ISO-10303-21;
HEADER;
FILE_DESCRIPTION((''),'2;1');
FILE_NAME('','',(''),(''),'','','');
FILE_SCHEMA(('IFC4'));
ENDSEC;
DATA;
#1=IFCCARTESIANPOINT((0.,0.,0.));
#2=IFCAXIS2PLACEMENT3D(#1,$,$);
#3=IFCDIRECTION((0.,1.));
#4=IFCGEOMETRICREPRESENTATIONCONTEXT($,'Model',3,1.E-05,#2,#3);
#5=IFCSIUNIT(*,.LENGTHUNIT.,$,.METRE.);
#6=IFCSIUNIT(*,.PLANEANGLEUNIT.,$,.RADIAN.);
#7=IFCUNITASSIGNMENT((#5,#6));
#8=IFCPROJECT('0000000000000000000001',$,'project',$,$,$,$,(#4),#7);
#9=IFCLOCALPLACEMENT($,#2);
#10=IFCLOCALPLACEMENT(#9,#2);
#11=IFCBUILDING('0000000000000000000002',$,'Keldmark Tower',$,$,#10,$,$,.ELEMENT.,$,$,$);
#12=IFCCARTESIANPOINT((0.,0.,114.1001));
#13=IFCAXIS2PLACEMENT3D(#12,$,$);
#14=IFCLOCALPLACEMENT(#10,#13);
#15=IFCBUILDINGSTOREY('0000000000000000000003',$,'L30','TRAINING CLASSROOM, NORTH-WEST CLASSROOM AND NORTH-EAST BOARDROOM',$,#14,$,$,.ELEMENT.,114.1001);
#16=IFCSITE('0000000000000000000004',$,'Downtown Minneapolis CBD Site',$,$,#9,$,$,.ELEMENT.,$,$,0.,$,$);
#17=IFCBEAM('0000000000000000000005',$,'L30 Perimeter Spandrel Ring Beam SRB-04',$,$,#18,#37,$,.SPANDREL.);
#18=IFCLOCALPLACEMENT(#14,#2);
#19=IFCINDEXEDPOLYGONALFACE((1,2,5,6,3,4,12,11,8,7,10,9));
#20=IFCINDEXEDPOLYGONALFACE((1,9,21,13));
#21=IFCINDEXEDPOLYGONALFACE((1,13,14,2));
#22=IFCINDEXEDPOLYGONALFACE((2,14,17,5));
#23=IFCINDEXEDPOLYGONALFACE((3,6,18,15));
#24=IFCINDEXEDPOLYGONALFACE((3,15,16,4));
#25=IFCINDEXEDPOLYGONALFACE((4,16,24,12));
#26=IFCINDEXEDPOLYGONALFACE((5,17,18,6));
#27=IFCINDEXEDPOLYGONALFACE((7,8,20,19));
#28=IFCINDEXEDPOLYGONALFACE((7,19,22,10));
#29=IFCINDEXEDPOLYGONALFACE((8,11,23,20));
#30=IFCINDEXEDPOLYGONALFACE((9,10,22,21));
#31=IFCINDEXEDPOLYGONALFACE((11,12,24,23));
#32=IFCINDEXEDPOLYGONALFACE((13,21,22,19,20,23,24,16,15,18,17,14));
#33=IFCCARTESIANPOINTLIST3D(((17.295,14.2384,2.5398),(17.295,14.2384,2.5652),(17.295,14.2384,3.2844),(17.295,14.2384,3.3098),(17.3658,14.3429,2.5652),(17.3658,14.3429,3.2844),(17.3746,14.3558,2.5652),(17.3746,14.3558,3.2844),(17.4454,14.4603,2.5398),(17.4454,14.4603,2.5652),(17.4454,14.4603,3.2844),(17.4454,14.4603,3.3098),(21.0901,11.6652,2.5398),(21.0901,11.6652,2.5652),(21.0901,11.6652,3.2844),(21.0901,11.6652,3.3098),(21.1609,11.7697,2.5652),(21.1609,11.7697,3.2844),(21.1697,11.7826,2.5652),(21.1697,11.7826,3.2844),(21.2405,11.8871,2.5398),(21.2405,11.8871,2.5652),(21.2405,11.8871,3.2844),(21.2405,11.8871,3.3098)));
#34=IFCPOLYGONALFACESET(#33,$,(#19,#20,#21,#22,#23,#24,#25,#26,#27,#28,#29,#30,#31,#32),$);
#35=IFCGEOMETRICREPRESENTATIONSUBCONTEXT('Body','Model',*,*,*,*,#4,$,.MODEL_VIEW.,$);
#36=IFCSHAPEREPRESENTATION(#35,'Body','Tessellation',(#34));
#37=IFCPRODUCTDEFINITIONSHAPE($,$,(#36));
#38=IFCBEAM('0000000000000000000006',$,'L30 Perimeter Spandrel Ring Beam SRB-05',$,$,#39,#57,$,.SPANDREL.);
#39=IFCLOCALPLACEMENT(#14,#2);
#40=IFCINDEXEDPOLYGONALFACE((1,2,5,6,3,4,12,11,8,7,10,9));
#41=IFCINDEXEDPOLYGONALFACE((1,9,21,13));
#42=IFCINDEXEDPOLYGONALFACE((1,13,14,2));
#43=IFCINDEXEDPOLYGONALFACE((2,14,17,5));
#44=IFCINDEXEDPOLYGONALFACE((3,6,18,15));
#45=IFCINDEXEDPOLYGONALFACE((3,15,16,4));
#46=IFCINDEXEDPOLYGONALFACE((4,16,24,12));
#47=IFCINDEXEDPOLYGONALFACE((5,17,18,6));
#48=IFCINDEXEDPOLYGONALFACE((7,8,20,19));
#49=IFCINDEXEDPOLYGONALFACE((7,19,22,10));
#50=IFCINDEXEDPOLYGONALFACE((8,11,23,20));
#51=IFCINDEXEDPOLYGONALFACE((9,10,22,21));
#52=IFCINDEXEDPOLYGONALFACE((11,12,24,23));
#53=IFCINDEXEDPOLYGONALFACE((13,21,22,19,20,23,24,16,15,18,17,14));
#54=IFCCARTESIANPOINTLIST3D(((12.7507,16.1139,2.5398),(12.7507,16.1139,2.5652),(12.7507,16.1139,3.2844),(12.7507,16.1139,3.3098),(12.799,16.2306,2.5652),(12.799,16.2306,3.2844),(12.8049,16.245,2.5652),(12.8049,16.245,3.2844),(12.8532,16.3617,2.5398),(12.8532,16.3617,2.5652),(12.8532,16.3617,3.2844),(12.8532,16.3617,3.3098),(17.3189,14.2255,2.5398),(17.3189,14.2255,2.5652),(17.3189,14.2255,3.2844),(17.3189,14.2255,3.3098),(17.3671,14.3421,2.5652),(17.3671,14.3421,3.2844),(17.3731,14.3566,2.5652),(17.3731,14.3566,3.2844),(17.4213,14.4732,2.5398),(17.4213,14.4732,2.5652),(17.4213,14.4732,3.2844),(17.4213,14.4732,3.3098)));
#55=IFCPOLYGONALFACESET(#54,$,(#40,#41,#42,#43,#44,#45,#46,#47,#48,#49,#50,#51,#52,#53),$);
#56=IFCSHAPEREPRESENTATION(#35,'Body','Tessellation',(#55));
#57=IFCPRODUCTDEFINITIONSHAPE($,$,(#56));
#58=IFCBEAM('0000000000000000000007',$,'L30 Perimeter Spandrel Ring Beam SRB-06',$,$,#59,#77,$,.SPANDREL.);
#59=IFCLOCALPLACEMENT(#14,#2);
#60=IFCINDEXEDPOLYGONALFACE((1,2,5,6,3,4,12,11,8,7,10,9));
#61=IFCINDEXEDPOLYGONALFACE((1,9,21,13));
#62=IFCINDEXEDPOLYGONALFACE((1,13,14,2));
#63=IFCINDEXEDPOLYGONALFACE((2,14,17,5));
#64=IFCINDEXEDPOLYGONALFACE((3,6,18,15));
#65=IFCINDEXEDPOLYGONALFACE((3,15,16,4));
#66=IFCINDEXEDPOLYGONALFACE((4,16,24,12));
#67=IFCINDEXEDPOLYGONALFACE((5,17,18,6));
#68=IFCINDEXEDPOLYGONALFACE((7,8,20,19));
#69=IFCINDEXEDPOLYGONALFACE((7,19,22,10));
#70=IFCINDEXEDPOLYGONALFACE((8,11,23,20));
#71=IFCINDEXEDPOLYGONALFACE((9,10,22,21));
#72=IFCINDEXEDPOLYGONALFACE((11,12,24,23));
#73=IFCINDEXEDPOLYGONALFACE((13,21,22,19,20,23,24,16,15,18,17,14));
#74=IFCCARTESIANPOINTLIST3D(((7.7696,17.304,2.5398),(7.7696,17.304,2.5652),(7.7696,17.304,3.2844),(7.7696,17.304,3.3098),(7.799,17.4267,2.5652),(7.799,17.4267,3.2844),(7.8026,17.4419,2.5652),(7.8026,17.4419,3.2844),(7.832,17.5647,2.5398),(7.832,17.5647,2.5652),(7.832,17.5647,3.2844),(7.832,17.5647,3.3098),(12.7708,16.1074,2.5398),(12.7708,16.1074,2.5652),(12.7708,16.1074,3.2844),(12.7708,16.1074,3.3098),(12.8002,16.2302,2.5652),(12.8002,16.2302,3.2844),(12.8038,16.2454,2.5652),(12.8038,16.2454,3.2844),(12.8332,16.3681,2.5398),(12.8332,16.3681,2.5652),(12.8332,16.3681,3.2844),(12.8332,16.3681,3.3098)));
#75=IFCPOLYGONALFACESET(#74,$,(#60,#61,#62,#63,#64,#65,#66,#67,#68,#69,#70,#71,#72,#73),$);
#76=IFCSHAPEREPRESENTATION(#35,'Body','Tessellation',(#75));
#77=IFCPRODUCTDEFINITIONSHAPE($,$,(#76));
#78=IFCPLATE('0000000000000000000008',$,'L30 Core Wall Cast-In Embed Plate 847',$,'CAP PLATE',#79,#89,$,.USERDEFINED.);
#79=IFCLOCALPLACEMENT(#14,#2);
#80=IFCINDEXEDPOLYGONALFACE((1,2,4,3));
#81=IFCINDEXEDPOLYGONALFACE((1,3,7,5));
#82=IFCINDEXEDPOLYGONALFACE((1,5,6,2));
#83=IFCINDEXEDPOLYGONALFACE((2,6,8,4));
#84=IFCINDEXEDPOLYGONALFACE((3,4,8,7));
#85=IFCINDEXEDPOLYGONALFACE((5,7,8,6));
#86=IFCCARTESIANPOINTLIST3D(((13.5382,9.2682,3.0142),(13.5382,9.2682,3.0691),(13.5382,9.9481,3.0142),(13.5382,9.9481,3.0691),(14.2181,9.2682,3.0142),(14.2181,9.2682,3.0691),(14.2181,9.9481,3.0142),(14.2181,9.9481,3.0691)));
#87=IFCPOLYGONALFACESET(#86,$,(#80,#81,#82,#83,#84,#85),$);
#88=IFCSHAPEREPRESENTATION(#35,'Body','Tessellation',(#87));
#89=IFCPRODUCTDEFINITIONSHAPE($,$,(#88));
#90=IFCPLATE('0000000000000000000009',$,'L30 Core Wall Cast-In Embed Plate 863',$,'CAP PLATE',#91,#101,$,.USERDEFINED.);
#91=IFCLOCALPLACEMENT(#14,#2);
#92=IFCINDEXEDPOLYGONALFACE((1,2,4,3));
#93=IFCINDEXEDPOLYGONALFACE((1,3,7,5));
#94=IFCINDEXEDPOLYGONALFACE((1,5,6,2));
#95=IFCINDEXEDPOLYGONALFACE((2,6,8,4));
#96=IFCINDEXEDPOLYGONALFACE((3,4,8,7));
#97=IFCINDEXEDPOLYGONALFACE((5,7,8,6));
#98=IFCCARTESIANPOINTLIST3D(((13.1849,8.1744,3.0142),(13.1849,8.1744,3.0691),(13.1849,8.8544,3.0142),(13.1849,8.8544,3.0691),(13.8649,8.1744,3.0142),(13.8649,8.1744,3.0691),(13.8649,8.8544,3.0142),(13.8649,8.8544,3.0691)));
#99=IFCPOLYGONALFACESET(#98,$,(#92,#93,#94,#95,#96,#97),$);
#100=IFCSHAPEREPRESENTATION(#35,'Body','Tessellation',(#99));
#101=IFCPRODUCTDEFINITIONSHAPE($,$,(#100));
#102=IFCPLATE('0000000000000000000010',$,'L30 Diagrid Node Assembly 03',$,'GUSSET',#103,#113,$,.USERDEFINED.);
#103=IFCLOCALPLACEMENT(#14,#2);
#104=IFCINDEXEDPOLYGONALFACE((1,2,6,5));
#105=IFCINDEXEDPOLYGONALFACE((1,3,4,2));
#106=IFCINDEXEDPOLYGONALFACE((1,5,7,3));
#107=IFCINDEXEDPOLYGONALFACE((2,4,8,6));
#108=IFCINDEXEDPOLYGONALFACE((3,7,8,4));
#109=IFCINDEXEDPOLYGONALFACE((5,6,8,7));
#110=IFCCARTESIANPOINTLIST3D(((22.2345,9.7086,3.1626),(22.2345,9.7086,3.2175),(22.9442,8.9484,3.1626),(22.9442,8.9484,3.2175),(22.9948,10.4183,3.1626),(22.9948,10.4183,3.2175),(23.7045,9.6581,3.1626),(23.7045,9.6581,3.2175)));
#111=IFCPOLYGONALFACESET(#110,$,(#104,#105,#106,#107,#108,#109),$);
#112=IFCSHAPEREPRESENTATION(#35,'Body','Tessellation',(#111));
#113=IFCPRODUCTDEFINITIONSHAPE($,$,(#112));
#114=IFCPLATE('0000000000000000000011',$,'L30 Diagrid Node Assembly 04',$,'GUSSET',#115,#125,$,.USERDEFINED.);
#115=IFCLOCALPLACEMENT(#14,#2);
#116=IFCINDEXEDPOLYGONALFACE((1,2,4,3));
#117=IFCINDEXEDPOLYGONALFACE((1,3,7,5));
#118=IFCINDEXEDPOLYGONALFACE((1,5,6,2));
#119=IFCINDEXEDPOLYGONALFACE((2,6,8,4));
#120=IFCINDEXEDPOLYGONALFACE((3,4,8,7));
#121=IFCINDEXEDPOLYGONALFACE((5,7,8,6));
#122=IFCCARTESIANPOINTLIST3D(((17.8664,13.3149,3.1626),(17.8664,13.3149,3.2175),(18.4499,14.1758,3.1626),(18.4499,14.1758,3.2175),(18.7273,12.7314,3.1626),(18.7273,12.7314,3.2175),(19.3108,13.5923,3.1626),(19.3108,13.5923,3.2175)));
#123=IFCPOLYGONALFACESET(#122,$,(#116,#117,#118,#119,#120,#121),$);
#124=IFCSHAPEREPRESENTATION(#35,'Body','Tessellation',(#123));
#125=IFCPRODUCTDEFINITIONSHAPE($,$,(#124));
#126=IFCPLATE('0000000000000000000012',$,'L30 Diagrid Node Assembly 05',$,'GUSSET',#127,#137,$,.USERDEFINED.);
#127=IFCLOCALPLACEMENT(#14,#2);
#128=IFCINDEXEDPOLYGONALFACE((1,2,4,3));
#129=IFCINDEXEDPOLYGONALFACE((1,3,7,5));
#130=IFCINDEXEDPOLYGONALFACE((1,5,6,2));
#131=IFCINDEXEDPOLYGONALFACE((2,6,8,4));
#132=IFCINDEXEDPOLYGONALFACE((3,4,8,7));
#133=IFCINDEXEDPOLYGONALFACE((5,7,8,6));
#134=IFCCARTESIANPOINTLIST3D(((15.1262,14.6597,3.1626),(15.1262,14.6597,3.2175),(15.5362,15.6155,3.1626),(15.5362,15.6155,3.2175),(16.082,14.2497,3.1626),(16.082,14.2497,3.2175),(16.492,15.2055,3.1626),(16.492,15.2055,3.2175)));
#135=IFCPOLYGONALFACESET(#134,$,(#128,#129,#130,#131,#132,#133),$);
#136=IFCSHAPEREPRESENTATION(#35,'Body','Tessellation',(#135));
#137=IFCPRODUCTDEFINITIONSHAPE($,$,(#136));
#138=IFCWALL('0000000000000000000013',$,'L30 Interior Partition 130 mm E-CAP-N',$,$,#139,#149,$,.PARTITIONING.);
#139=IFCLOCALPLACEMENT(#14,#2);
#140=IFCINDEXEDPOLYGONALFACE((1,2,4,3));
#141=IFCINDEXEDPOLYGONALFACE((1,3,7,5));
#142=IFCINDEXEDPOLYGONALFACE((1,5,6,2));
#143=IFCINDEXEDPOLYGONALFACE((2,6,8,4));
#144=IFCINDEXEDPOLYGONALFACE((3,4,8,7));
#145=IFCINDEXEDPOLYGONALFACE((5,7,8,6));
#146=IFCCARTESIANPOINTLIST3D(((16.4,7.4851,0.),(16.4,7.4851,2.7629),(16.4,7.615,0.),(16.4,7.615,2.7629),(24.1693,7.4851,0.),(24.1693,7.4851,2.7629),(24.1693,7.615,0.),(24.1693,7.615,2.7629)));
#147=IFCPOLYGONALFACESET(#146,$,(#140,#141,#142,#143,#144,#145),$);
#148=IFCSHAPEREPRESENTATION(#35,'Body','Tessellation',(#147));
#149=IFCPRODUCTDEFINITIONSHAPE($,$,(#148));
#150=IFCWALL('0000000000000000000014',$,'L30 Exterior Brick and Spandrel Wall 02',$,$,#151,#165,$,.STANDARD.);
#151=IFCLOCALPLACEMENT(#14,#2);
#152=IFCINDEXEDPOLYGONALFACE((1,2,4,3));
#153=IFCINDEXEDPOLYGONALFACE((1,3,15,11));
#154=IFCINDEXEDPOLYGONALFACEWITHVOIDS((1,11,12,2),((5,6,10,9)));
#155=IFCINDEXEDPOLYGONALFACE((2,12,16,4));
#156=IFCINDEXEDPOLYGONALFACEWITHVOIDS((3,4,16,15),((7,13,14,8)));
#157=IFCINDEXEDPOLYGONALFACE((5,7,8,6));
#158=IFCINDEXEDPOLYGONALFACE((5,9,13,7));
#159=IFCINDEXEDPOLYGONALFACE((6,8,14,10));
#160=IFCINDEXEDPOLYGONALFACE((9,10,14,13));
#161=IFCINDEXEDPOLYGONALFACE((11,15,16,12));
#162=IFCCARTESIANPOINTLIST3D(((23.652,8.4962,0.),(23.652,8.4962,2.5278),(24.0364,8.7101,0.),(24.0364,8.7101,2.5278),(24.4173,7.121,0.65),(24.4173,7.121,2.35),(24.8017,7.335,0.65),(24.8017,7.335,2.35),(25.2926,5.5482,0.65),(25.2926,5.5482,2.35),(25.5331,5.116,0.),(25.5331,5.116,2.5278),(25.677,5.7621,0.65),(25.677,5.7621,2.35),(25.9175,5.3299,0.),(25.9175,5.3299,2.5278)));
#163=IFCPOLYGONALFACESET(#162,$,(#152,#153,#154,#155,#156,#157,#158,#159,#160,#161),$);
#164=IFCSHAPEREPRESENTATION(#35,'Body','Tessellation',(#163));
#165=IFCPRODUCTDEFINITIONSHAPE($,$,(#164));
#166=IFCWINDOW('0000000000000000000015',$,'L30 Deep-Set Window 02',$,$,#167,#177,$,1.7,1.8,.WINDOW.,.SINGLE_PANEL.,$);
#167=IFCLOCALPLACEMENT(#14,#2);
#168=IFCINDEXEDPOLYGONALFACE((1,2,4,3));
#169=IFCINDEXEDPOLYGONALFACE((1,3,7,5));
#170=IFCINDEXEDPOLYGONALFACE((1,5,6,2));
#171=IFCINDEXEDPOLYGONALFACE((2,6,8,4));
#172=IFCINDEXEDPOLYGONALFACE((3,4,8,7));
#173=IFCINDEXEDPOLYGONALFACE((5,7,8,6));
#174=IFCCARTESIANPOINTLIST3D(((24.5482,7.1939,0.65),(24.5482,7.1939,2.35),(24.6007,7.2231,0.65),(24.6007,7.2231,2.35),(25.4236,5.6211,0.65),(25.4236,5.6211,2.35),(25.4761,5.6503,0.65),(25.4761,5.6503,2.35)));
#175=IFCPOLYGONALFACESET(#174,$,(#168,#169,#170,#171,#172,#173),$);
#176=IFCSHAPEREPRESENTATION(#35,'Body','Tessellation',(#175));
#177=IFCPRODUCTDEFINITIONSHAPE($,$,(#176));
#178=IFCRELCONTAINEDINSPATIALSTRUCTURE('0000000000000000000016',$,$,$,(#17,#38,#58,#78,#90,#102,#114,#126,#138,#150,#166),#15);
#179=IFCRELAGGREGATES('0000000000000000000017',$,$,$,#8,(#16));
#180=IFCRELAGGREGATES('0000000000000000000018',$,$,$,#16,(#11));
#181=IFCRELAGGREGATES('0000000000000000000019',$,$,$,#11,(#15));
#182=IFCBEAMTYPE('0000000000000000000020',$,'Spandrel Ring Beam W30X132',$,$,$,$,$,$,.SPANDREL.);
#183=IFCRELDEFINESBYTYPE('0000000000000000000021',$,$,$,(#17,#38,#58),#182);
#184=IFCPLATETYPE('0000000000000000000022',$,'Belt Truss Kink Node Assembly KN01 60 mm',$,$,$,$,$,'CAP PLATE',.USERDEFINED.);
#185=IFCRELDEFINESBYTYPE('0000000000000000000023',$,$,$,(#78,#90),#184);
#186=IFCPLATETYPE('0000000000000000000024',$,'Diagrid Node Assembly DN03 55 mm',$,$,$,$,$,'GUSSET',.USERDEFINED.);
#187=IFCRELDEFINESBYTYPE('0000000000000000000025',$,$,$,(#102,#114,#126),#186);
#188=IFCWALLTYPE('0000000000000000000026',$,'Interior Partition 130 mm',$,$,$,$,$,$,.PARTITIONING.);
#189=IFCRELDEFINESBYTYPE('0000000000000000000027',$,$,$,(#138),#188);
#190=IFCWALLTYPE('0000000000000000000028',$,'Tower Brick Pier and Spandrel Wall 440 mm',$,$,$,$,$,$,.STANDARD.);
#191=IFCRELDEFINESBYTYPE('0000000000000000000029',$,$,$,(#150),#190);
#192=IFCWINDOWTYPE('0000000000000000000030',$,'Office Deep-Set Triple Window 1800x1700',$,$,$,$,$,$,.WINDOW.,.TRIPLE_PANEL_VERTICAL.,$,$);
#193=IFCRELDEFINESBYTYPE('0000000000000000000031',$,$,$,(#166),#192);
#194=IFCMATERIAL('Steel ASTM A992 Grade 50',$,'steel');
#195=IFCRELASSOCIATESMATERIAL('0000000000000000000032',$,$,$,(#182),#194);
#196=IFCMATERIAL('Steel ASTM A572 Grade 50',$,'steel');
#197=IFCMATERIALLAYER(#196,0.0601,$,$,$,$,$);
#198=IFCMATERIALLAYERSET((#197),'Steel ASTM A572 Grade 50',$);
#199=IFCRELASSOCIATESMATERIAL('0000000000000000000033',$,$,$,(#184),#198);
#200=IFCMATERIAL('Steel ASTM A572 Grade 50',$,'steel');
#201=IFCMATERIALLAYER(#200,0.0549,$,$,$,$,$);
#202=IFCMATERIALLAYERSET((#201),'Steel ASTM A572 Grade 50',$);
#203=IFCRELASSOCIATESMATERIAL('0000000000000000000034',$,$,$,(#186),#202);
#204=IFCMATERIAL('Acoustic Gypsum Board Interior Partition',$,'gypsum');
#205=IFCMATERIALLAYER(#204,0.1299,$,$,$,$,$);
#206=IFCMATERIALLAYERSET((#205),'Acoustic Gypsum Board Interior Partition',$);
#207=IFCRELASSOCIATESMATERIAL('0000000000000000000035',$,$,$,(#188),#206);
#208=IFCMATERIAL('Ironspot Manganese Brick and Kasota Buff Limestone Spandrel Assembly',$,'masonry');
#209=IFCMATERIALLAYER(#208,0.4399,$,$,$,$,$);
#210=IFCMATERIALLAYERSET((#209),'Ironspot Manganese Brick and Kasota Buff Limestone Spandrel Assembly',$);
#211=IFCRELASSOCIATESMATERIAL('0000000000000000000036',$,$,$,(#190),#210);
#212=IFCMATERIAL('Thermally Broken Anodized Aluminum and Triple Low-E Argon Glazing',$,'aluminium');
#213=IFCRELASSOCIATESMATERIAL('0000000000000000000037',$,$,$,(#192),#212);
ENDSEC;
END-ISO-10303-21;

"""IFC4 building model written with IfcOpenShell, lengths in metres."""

from ifc_helpers import new_model, si_unit, direction, frame, frame_2d, origin, origin_2d, place, context, subcontext, project, spatial, rectangle, i_section, extrude, material, layer, layer_set, material_profile, profile_set, type_object, element, fill, save


model = new_model("IFC4")

# Units and contexts
model_context = context("Model", 3, precision=1e-05, world=origin(), true_north=direction((0.0, 1.0)))
body_context = subcontext(model_context, "Body", "Model", "MODEL_VIEW")
ifc_project = project(units=[si_unit("LENGTHUNIT", "METRE"), si_unit("PLANEANGLEUNIT", "RADIAN")], contexts=[model_context])

# Site, building, storey
site_placement = place(None, origin())
site = spatial("IfcSite", under=ifc_project, at=site_placement, Name="Downtown Minneapolis CBD Site", CompositionType="ELEMENT", RefElevation=0.0)
building_placement = place(site_placement, origin())
building = spatial("IfcBuilding", under=site, at=building_placement, Name="Keldmark Tower", CompositionType="ELEMENT")
storey_placement = place(building_placement, frame((0.0, 0.0, 114.1001)))
storey = spatial("IfcBuildingStorey", under=building, at=storey_placement, Name="L30", Description="TRAINING CLASSROOM, NORTH-WEST CLASSROOM AND NORTH-EAST BOARDROOM", CompositionType="ELEMENT", Elevation=114.1001)

# Beams
ifc_material_1 = material(Name="Steel ASTM A992 Grade 50", Category="steel")
ifc_material_profile_1 = material_profile(ifc_material_1, i_section(OverallWidth=0.2681, OverallDepth=0.77, WebThickness=0.0156, FlangeThickness=0.0254, at=origin_2d()), Name="W30X132")
ifc_profile_set_1 = profile_set([ifc_material_profile_1], Name="Steel ASTM A992 Grade 50")
beam_type_1 = type_object("IfcBeamType", Name="Spandrel Ring Beam W30X132", PredefinedType="SPANDREL", material=ifc_profile_set_1)
beam_1_placement = place(storey_placement, frame((21.1653, 11.7761, 2.9248), z_axis=(-0.827683, 0.561195, 0.0), x_axis=(-0.561195, -0.827683, 0.0)))
element("IfcBeam", 1, at=beam_1_placement, inside=storey, type_object=beam_type_1, Name="L30 Perimeter Spandrel Ring Beam SRB-04", PredefinedType="SPANDREL", context=body_context, shape_type="SweptSolid", body=[
    extrude(i_section(OverallWidth=0.2681, OverallDepth=0.77, WebThickness=0.0156, FlangeThickness=0.0254, at=origin_2d()), origin(), (0.0, 0.0, 1.0), 4.5852),
])
beam_2_placement = place(storey_placement, frame((17.3701, 14.3494, 2.9248), z_axis=(-0.924147, 0.382036, 0.0), x_axis=(-0.382036, -0.924147, 0.0)))
element("IfcBeam", 2, at=beam_2_placement, inside=storey, type_object=beam_type_1, Name="L30 Perimeter Spandrel Ring Beam SRB-05", PredefinedType="SPANDREL", context=body_context, shape_type="SweptSolid", body=[
    extrude(i_section(OverallWidth=0.2681, OverallDepth=0.77, WebThickness=0.0156, FlangeThickness=0.0254, at=origin_2d()), origin(), (0.0, 0.0, 1.0), 4.9431),
])
beam_3_placement = place(storey_placement, frame((12.802, 16.2378, 2.9248), z_axis=(-0.972553, 0.232682, 0.0), x_axis=(-0.232682, -0.972553, 0.0)))
element("IfcBeam", 3, at=beam_3_placement, inside=storey, type_object=beam_type_1, Name="L30 Perimeter Spandrel Ring Beam SRB-06", PredefinedType="SPANDREL", context=body_context, shape_type="SweptSolid", body=[
    extrude(i_section(OverallWidth=0.2681, OverallDepth=0.77, WebThickness=0.0156, FlangeThickness=0.0254, at=origin_2d()), origin(), (0.0, 0.0, 1.0), 5.1423),
])

# Plates
ifc_material_2 = material(Name="Steel ASTM A572 Grade 50", Category="steel")
ifc_layer_1 = layer(ifc_material_2, 0.0601)
ifc_layer_set_1 = layer_set([ifc_layer_1], Name="Steel ASTM A572 Grade 50")
plate_type_1 = type_object("IfcPlateType", Name="Belt Truss Kink Node Assembly KN01 60 mm", ElementType="CAP PLATE", PredefinedType="USERDEFINED", material=ifc_layer_set_1)
for number, where, z_axis, x_axis, name in (
    (4, (13.8782, 9.6082, 3.0142), (0.0, 0.0, 1.0), (1.0, 0.0, 0.0), "L30 Core Wall Cast-In Embed Plate 847"),
    (5, (13.5249, 8.5144, 3.0142), (0.0, 0.0, 1.0), (1.0, 0.0, 0.0), "L30 Core Wall Cast-In Embed Plate 863"),
):
    element("IfcPlate", number, at=place(storey_placement, frame(where, z_axis=z_axis, x_axis=x_axis)), inside=storey, type_object=plate_type_1, Name=name, ObjectType="CAP PLATE", PredefinedType="USERDEFINED", context=body_context, shape_type="SweptSolid", body=[
        extrude(rectangle(XDim=0.6799, YDim=0.6799, at=origin_2d()), origin(), (0.0, 0.0, 1.0), 0.0549),
    ])
ifc_material_3 = material(Name="Steel ASTM A572 Grade 50", Category="steel")
ifc_layer_2 = layer(ifc_material_3, 0.0549)
ifc_layer_set_2 = layer_set([ifc_layer_2], Name="Steel ASTM A572 Grade 50")
plate_type_2 = type_object("IfcPlateType", Name="Diagrid Node Assembly DN03 55 mm", ElementType="GUSSET", PredefinedType="USERDEFINED", material=ifc_layer_set_2)
for number, where, z_axis, x_axis, name in (
    (6, (22.9695, 9.6833, 3.1626), (0.0, 0.0, 1.0), (-0.682381, 0.730997, 0.0), "L30 Diagrid Node Assembly 03"),
    (7, (18.5886, 13.4536, 3.1626), (0.0, 0.0, 1.0), (-0.827767, 0.561072, 0.0), "L30 Diagrid Node Assembly 04"),
    (8, (15.8091, 14.9326, 3.1626), (0.0, 0.0, 1.0), (-0.918998, 0.394263, 0.0), "L30 Diagrid Node Assembly 05"),
):
    element("IfcPlate", number, at=place(storey_placement, frame(where, z_axis=z_axis, x_axis=x_axis)), inside=storey, type_object=plate_type_2, Name=name, ObjectType="GUSSET", PredefinedType="USERDEFINED", context=body_context, shape_type="SweptSolid", body=[
        extrude(rectangle(XDim=1.04, YDim=1.04, at=origin_2d()), origin(), (0.0, 0.0, 1.0), 0.0549),
    ])

# Wall
ifc_material_4 = material(Name="Acoustic Gypsum Board Interior Partition", Category="gypsum")
ifc_layer_3 = layer(ifc_material_4, 0.1299)
ifc_layer_set_3 = layer_set([ifc_layer_3], Name="Acoustic Gypsum Board Interior Partition")
wall_type_1 = type_object("IfcWallType", Name="Interior Partition 130 mm", PredefinedType="PARTITIONING", material=ifc_layer_set_3)
wall_1_placement = place(storey_placement, frame((16.3999, 7.55, 0.0), z_axis=(0.0, 0.0, 1.0), x_axis=(1.0, 0.0, 0.0)))
element("IfcWall", 9, at=wall_1_placement, inside=storey, type_object=wall_type_1, Name="L30 Interior Partition 130 mm E-CAP-N", PredefinedType="PARTITIONING", context=body_context, shape_type="SweptSolid", body=[
    extrude(rectangle(XDim=7.7693, YDim=0.1299, at=frame_2d((3.8848, 0.0))), origin(), (0.0, 0.0, 1.0), 2.7629),
])

# Wall, opening, window
ifc_material_5 = material(Name="Ironspot Manganese Brick and Kasota Buff Limestone Spandrel Assembly", Category="masonry")
ifc_layer_4 = layer(ifc_material_5, 0.4399)
ifc_layer_set_4 = layer_set([ifc_layer_4], Name="Ironspot Manganese Brick and Kasota Buff Limestone Spandrel Assembly")
wall_type_2 = type_object("IfcWallType", Name="Tower Brick Pier and Spandrel Wall 440 mm", PredefinedType="STANDARD", material=ifc_layer_set_4)
wall_2_placement = place(storey_placement, frame((23.8442, 8.603, 0.0), z_axis=(0.0, 0.0, 1.0), x_axis=(0.486286, -0.8738, 0.0)))
wall_2 = element("IfcWall", 10, at=wall_2_placement, inside=storey, type_object=wall_type_2, Name="L30 Exterior Brick and Spandrel Wall 02", PredefinedType="STANDARD", context=body_context, shape_type="SweptSolid", body=[
    extrude(rectangle(XDim=3.8684, YDim=0.4399, at=frame_2d((1.9341, 0.0))), origin(), (0.0, 0.0, 1.0), 2.5278),
])
opening_1_placement = place(wall_2_placement, frame((1.5737, 0.0, 0.6499)))
opening_1 = element("IfcOpeningElement", 11, at=opening_1_placement, cuts=wall_2, PredefinedType="OPENING", context=body_context, shape_type="SweptSolid", body=[
    extrude(rectangle(XDim=1.8, YDim=1.7, at=frame_2d((0.8999, 0.8501))), frame((0.0, 0.23, 0.0), z_axis=(0.0, -1.0, 0.0), x_axis=(1.0, 0.0, 0.0)), (0.0, 0.0, 1.0), 0.46),
])
ifc_material_6 = material(Name="Thermally Broken Anodized Aluminum and Triple Low-E Argon Glazing", Category="aluminium")
window_type = type_object("IfcWindowType", Name="Office Deep-Set Triple Window 1800x1700", PartitioningType="TRIPLE_PANEL_VERTICAL", PredefinedType="WINDOW", material=ifc_material_6)
window_1_placement = place(opening_1_placement, origin())
window_1 = element("IfcWindow", 12, at=window_1_placement, inside=storey, type_object=window_type, Name="L30 Deep-Set Window 02", OverallHeight=1.7, OverallWidth=1.8, PartitioningType="SINGLE_PANEL", PredefinedType="WINDOW", context=body_context, shape_type="SweptSolid", body=[
    extrude(rectangle(XDim=1.8, YDim=1.7, at=frame_2d((0.8999, 0.8501))), frame((0.0, -0.01, 0.0), z_axis=(0.0, -1.0, 0.0), x_axis=(1.0, 0.0, 0.0)), (0.0, 0.0, 1.0), 0.0601),
])
fill(opening_1, window_1)

save(model, "model.ifc")
